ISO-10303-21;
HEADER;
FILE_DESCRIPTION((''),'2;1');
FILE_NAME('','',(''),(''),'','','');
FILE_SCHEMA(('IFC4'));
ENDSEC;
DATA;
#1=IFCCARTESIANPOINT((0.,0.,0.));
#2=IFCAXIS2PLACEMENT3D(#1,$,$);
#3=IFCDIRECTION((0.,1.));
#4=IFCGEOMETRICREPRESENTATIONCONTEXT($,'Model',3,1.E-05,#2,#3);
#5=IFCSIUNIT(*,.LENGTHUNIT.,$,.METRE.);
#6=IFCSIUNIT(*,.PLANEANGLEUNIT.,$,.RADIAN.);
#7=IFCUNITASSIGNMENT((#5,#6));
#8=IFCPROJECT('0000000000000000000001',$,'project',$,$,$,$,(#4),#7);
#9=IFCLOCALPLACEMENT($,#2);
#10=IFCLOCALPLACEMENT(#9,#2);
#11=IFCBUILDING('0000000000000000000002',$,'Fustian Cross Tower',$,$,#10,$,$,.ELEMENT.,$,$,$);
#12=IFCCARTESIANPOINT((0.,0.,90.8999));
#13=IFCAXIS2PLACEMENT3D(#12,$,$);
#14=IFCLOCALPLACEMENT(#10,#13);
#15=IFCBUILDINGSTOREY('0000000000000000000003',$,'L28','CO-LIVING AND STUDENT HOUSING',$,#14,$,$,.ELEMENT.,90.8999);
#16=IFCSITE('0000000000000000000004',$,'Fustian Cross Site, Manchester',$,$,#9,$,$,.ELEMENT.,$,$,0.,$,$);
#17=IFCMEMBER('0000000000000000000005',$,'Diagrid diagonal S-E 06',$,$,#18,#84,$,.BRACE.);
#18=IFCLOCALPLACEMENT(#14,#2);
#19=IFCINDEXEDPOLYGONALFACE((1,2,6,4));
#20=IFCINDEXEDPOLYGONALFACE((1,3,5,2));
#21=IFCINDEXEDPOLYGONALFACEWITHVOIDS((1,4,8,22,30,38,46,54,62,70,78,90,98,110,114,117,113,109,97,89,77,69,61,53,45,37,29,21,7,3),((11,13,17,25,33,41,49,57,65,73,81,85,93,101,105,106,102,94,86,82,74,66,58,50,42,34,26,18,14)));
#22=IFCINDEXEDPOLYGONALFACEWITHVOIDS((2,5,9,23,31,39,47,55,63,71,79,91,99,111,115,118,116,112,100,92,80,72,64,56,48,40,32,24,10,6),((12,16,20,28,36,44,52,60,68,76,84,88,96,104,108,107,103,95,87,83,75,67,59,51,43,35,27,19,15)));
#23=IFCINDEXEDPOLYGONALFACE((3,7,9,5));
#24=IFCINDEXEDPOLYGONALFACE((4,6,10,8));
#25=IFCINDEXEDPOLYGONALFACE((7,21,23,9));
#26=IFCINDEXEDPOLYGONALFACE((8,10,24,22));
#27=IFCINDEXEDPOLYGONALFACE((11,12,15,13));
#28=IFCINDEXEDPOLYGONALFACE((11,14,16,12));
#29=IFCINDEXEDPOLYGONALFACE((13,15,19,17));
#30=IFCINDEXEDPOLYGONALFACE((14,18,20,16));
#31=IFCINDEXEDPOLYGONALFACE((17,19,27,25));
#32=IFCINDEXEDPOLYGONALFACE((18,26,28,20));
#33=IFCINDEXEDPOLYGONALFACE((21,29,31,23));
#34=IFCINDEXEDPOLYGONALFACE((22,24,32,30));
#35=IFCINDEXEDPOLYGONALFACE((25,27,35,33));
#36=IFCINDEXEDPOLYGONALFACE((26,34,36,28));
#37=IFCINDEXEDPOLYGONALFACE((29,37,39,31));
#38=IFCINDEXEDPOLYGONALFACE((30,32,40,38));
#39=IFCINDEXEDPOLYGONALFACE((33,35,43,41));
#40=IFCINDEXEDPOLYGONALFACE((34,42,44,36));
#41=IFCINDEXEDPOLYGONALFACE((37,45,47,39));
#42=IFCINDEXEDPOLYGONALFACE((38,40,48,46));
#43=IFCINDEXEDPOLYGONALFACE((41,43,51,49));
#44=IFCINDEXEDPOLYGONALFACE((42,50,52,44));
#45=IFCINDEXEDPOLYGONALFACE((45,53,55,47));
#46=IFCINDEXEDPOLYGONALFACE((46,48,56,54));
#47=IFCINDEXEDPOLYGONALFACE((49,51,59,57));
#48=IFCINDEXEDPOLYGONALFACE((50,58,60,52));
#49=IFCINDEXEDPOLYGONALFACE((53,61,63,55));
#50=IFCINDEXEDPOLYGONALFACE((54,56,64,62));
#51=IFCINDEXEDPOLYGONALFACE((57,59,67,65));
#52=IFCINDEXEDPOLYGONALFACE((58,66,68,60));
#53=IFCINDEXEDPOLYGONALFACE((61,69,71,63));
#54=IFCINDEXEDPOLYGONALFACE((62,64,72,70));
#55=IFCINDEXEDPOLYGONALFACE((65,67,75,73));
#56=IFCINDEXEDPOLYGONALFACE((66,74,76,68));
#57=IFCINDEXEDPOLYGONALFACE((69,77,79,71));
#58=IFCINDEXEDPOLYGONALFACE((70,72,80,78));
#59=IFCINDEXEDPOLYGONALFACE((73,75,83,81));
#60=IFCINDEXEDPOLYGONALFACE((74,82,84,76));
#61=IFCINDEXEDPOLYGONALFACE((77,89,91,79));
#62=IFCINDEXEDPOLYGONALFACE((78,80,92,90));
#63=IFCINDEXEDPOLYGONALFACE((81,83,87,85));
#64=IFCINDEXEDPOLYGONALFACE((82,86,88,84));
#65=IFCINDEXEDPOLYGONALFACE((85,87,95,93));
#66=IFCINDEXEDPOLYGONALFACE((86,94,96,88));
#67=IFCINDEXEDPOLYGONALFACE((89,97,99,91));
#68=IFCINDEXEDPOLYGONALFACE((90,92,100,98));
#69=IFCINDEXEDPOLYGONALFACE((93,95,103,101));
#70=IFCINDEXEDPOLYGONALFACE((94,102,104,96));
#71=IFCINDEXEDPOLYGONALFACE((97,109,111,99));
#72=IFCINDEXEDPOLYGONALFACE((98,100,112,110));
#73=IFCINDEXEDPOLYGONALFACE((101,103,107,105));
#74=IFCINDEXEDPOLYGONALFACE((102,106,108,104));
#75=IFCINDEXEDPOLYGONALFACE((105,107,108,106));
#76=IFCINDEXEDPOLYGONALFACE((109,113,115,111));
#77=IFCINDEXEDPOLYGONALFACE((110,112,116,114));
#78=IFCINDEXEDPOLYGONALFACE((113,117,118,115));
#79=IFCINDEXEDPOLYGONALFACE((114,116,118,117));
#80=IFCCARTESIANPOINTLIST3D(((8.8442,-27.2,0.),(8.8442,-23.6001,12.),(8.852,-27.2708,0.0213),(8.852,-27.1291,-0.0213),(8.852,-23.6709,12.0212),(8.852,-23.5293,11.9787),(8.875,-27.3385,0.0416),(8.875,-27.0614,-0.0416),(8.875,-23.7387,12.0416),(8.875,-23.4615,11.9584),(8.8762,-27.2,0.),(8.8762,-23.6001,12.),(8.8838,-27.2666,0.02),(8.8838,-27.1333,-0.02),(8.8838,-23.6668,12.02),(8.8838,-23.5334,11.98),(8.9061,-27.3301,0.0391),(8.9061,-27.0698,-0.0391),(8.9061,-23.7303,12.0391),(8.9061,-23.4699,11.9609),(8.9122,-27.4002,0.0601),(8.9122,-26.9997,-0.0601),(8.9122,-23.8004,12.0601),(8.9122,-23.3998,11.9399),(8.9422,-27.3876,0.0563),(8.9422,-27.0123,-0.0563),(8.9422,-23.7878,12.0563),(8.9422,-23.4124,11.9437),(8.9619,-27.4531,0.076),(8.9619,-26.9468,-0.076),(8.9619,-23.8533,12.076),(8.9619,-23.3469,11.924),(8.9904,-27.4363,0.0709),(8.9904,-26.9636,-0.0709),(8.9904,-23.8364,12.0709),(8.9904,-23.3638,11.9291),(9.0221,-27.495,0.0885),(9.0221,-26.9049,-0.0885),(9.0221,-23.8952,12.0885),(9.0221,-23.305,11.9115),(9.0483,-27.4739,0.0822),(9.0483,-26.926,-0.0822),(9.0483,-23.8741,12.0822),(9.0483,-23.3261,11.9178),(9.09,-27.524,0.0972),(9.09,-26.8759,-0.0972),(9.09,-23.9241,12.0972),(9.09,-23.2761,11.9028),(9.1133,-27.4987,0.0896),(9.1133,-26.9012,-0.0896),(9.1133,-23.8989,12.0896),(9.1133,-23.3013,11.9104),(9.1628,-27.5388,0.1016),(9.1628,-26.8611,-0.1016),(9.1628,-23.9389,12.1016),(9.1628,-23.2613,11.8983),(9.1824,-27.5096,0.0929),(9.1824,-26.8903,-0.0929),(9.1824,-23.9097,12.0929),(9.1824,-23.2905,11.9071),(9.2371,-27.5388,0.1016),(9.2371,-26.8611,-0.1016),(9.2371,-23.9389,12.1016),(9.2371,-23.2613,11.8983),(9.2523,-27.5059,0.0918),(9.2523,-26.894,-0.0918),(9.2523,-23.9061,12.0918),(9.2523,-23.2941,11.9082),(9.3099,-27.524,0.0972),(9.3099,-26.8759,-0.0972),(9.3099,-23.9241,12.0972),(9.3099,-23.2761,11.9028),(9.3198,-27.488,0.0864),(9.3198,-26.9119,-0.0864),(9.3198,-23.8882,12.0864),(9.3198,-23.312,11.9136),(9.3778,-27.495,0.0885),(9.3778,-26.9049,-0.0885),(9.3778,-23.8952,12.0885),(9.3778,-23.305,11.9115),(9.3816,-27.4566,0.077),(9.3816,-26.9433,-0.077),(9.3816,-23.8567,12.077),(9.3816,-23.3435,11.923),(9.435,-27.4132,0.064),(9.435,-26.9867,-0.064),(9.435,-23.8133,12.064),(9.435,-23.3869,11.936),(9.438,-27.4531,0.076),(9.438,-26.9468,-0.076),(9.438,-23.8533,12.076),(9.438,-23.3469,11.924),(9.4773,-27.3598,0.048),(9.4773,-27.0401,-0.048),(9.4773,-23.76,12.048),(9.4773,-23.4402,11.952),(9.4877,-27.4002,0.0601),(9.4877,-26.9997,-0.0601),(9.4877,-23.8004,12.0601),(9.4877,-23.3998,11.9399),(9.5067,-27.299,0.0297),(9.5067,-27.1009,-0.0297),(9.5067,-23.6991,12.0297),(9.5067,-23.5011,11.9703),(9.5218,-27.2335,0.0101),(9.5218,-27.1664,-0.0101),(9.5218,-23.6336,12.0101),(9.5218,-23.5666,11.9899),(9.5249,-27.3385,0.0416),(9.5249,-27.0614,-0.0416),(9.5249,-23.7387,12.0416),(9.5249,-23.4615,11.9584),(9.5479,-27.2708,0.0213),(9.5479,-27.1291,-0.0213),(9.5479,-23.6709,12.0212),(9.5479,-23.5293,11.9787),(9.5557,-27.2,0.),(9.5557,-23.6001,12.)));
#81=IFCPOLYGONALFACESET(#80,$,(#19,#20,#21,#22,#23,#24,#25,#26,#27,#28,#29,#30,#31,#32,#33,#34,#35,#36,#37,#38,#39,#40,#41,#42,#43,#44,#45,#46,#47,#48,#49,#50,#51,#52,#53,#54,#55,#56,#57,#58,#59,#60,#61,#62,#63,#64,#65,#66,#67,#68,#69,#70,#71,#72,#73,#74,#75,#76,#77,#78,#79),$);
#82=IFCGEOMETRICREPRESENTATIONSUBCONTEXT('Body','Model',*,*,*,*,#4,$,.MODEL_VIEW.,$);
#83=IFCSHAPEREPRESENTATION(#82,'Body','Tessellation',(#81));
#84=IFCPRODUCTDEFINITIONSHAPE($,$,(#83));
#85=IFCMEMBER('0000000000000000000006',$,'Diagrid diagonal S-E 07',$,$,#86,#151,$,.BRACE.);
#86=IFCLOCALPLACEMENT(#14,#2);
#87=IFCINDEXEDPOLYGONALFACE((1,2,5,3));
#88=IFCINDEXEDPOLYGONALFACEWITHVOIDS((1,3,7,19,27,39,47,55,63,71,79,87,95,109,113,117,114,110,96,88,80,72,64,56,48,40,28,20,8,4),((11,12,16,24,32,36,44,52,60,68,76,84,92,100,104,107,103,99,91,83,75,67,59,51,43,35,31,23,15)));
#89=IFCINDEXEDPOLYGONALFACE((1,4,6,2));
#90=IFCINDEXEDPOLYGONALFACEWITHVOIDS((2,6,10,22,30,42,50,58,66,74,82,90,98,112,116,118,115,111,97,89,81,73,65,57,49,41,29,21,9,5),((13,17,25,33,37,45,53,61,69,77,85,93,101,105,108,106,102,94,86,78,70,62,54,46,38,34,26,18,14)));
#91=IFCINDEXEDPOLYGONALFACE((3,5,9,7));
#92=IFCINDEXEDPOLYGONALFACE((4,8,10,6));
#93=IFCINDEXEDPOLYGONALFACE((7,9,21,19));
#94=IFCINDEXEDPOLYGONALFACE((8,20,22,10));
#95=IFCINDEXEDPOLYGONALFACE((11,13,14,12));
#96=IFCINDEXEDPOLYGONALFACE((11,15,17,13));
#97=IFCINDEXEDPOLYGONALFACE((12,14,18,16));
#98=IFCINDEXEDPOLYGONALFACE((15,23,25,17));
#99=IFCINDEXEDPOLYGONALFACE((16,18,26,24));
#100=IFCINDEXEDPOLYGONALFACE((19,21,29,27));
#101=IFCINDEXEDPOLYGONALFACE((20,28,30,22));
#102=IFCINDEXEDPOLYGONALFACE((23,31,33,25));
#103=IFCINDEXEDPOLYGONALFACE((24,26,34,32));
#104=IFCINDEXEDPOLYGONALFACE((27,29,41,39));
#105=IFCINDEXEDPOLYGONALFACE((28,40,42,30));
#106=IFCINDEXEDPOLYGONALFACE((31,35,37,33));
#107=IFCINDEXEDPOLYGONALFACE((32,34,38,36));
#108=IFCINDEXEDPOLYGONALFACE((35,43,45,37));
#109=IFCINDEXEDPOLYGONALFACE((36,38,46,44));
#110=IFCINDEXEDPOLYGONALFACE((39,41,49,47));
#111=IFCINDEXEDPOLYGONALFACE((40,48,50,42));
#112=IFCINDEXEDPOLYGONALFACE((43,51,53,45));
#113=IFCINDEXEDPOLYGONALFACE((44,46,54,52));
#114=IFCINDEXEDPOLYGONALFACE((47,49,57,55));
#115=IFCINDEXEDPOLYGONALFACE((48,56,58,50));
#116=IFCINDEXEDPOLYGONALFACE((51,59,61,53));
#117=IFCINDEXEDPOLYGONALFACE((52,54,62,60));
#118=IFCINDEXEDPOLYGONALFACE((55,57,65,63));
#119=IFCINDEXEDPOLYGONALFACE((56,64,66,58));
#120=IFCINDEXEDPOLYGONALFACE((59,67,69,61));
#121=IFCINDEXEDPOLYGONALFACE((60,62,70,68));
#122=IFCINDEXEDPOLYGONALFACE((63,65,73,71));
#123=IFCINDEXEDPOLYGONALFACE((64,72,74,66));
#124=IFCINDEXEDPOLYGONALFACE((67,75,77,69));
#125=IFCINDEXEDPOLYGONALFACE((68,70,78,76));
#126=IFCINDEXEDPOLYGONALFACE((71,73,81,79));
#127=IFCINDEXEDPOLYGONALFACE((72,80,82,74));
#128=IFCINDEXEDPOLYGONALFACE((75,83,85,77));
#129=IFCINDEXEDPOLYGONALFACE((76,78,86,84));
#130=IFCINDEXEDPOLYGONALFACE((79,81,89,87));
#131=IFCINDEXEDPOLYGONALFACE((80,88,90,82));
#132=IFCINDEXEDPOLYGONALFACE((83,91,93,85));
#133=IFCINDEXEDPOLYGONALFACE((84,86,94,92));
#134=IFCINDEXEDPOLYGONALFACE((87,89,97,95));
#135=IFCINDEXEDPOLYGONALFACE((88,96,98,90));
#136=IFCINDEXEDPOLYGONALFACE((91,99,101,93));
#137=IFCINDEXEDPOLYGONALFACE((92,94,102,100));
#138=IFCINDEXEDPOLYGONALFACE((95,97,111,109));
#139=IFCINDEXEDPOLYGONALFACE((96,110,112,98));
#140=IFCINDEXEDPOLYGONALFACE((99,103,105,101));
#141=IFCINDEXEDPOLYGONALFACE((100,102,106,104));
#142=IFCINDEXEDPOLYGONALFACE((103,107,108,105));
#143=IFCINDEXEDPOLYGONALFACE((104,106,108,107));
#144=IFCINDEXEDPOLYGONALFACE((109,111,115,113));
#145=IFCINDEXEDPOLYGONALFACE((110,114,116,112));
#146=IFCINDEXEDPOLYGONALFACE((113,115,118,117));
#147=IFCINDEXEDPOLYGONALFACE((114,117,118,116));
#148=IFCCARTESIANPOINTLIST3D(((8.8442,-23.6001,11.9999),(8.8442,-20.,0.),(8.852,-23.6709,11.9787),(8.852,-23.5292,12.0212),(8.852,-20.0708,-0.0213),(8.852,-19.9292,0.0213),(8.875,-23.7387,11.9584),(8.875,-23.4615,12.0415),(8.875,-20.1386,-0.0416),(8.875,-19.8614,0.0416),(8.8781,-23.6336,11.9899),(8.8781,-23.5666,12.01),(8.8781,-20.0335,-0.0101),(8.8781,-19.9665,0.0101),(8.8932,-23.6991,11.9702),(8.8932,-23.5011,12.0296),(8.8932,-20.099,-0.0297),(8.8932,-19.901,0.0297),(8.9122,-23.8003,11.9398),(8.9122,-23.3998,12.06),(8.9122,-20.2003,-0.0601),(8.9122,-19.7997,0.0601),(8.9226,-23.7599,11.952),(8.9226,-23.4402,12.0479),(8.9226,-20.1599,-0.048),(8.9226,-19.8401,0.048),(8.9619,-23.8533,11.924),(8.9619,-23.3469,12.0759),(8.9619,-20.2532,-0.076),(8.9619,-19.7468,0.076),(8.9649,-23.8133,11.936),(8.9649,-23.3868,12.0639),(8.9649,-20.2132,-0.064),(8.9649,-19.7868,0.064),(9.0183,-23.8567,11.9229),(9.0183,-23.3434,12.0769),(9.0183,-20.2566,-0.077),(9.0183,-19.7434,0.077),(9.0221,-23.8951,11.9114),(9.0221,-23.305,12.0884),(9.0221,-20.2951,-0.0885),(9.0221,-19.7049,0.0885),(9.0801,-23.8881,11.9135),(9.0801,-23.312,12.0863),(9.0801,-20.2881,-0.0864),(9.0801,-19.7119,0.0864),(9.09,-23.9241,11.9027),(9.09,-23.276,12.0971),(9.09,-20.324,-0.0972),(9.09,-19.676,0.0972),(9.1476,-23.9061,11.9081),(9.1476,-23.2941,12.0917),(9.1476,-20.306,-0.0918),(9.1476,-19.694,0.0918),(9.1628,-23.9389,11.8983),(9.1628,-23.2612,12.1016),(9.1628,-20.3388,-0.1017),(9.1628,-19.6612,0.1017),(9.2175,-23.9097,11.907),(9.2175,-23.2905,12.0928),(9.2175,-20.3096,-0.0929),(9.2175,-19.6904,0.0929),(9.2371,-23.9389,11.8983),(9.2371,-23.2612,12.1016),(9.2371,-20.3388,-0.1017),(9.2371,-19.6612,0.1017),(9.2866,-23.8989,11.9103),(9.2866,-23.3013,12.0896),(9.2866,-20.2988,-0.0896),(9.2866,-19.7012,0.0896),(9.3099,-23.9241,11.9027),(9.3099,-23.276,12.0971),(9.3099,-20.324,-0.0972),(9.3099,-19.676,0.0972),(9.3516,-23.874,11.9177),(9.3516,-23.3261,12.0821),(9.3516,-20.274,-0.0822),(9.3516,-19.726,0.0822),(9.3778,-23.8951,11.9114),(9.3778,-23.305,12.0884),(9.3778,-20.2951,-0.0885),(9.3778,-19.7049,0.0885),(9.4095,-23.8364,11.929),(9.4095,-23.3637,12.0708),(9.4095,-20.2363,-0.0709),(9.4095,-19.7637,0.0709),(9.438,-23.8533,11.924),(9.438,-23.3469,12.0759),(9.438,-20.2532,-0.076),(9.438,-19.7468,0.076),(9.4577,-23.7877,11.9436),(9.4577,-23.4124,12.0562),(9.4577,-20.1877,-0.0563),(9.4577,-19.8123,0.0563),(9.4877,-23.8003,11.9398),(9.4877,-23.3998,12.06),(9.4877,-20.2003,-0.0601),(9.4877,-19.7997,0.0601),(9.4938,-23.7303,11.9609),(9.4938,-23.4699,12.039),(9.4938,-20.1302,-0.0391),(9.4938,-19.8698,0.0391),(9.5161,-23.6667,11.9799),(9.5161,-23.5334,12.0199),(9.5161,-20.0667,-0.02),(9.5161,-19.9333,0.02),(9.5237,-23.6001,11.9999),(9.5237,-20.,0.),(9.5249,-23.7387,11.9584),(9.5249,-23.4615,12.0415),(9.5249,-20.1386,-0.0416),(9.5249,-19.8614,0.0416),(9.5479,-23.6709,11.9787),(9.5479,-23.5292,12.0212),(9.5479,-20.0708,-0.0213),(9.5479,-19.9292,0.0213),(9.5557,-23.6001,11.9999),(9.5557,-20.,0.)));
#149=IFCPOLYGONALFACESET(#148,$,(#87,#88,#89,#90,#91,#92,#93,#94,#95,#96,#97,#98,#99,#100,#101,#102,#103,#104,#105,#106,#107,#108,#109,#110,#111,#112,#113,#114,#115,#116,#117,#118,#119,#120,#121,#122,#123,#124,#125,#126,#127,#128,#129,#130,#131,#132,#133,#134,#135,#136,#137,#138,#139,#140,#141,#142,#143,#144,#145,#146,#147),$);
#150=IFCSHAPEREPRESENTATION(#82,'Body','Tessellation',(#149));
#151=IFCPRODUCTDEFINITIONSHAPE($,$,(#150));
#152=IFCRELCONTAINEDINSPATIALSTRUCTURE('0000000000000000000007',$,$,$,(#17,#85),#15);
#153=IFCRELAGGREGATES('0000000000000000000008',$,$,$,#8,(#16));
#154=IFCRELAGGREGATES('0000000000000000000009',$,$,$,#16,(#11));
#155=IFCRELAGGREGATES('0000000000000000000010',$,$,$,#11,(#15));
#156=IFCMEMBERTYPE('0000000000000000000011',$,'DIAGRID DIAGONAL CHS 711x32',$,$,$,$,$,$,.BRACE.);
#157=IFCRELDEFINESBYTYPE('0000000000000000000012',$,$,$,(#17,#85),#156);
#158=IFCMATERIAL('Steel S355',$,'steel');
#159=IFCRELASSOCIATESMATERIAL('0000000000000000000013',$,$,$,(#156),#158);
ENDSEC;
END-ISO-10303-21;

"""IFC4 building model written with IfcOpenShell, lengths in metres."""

from ifc_helpers import new_model, si_unit, direction, frame, origin, origin_2d, place, context, subcontext, project, spatial, hollow_circle, extrude, material, material_profile, profile_set, type_object, element, save


model = new_model("IFC4")

# Units and contexts
model_context = context("Model", 3, precision=1e-05, world=origin(), true_north=direction((0.0, 1.0)))
body_context = subcontext(model_context, "Body", "Model", "MODEL_VIEW")
ifc_project = project(units=[si_unit("LENGTHUNIT", "METRE"), si_unit("PLANEANGLEUNIT", "RADIAN")], contexts=[model_context])

# Site, building, storey
site_placement = place(None, origin())
site = spatial("IfcSite", under=ifc_project, at=site_placement, Name="Fustian Cross Site, Manchester", CompositionType="ELEMENT", RefElevation=0.0)
building_placement = place(site_placement, origin())
building = spatial("IfcBuilding", under=site, at=building_placement, Name="Fustian Cross Tower", CompositionType="ELEMENT")
storey_placement = place(building_placement, frame((0.0, 0.0, 90.8999)))
storey = spatial("IfcBuildingStorey", under=building, at=storey_placement, Name="L28", Description="CO-LIVING AND STUDENT HOUSING", CompositionType="ELEMENT", Elevation=90.8999)

# Members
ifc_material_1 = material(Name="Steel S355", Category="steel")
ifc_material_profile_1 = material_profile(ifc_material_1, hollow_circle(Radius=0.3557, WallThickness=0.032, at=origin_2d()), Name="CHS 711x32")
ifc_profile_set_1 = profile_set([ifc_material_profile_1], Name="Steel S355")
member_type_1 = type_object("IfcMemberType", Name="DIAGRID DIAGONAL CHS 711x32", PredefinedType="BRACE", material=ifc_profile_set_1)
for number, where, z_axis, x_axis, name in (
    (1, (9.2, -27.2, 0.0), (0.0, 0.287337, 0.95783), (-1.0, 0.0, 0.0), "Diagrid diagonal S-E 06"),
    (2, (9.2, -20.0, 0.0), (0.0, -0.287355, 0.957824), (1.0, 0.0, 0.0), "Diagrid diagonal S-E 07"),
):
    element("IfcMember", number, at=place(storey_placement, frame(where, z_axis=z_axis, x_axis=x_axis)), inside=storey, type_object=member_type_1, Name=name, PredefinedType="BRACE", context=body_context, shape_type="SweptSolid", body=[
        extrude(hollow_circle(Radius=0.3557, WallThickness=0.032, at=origin_2d()), origin(), (0.0, 0.0, 1.0), 12.5283),
    ])

save(model, "model.ifc")
